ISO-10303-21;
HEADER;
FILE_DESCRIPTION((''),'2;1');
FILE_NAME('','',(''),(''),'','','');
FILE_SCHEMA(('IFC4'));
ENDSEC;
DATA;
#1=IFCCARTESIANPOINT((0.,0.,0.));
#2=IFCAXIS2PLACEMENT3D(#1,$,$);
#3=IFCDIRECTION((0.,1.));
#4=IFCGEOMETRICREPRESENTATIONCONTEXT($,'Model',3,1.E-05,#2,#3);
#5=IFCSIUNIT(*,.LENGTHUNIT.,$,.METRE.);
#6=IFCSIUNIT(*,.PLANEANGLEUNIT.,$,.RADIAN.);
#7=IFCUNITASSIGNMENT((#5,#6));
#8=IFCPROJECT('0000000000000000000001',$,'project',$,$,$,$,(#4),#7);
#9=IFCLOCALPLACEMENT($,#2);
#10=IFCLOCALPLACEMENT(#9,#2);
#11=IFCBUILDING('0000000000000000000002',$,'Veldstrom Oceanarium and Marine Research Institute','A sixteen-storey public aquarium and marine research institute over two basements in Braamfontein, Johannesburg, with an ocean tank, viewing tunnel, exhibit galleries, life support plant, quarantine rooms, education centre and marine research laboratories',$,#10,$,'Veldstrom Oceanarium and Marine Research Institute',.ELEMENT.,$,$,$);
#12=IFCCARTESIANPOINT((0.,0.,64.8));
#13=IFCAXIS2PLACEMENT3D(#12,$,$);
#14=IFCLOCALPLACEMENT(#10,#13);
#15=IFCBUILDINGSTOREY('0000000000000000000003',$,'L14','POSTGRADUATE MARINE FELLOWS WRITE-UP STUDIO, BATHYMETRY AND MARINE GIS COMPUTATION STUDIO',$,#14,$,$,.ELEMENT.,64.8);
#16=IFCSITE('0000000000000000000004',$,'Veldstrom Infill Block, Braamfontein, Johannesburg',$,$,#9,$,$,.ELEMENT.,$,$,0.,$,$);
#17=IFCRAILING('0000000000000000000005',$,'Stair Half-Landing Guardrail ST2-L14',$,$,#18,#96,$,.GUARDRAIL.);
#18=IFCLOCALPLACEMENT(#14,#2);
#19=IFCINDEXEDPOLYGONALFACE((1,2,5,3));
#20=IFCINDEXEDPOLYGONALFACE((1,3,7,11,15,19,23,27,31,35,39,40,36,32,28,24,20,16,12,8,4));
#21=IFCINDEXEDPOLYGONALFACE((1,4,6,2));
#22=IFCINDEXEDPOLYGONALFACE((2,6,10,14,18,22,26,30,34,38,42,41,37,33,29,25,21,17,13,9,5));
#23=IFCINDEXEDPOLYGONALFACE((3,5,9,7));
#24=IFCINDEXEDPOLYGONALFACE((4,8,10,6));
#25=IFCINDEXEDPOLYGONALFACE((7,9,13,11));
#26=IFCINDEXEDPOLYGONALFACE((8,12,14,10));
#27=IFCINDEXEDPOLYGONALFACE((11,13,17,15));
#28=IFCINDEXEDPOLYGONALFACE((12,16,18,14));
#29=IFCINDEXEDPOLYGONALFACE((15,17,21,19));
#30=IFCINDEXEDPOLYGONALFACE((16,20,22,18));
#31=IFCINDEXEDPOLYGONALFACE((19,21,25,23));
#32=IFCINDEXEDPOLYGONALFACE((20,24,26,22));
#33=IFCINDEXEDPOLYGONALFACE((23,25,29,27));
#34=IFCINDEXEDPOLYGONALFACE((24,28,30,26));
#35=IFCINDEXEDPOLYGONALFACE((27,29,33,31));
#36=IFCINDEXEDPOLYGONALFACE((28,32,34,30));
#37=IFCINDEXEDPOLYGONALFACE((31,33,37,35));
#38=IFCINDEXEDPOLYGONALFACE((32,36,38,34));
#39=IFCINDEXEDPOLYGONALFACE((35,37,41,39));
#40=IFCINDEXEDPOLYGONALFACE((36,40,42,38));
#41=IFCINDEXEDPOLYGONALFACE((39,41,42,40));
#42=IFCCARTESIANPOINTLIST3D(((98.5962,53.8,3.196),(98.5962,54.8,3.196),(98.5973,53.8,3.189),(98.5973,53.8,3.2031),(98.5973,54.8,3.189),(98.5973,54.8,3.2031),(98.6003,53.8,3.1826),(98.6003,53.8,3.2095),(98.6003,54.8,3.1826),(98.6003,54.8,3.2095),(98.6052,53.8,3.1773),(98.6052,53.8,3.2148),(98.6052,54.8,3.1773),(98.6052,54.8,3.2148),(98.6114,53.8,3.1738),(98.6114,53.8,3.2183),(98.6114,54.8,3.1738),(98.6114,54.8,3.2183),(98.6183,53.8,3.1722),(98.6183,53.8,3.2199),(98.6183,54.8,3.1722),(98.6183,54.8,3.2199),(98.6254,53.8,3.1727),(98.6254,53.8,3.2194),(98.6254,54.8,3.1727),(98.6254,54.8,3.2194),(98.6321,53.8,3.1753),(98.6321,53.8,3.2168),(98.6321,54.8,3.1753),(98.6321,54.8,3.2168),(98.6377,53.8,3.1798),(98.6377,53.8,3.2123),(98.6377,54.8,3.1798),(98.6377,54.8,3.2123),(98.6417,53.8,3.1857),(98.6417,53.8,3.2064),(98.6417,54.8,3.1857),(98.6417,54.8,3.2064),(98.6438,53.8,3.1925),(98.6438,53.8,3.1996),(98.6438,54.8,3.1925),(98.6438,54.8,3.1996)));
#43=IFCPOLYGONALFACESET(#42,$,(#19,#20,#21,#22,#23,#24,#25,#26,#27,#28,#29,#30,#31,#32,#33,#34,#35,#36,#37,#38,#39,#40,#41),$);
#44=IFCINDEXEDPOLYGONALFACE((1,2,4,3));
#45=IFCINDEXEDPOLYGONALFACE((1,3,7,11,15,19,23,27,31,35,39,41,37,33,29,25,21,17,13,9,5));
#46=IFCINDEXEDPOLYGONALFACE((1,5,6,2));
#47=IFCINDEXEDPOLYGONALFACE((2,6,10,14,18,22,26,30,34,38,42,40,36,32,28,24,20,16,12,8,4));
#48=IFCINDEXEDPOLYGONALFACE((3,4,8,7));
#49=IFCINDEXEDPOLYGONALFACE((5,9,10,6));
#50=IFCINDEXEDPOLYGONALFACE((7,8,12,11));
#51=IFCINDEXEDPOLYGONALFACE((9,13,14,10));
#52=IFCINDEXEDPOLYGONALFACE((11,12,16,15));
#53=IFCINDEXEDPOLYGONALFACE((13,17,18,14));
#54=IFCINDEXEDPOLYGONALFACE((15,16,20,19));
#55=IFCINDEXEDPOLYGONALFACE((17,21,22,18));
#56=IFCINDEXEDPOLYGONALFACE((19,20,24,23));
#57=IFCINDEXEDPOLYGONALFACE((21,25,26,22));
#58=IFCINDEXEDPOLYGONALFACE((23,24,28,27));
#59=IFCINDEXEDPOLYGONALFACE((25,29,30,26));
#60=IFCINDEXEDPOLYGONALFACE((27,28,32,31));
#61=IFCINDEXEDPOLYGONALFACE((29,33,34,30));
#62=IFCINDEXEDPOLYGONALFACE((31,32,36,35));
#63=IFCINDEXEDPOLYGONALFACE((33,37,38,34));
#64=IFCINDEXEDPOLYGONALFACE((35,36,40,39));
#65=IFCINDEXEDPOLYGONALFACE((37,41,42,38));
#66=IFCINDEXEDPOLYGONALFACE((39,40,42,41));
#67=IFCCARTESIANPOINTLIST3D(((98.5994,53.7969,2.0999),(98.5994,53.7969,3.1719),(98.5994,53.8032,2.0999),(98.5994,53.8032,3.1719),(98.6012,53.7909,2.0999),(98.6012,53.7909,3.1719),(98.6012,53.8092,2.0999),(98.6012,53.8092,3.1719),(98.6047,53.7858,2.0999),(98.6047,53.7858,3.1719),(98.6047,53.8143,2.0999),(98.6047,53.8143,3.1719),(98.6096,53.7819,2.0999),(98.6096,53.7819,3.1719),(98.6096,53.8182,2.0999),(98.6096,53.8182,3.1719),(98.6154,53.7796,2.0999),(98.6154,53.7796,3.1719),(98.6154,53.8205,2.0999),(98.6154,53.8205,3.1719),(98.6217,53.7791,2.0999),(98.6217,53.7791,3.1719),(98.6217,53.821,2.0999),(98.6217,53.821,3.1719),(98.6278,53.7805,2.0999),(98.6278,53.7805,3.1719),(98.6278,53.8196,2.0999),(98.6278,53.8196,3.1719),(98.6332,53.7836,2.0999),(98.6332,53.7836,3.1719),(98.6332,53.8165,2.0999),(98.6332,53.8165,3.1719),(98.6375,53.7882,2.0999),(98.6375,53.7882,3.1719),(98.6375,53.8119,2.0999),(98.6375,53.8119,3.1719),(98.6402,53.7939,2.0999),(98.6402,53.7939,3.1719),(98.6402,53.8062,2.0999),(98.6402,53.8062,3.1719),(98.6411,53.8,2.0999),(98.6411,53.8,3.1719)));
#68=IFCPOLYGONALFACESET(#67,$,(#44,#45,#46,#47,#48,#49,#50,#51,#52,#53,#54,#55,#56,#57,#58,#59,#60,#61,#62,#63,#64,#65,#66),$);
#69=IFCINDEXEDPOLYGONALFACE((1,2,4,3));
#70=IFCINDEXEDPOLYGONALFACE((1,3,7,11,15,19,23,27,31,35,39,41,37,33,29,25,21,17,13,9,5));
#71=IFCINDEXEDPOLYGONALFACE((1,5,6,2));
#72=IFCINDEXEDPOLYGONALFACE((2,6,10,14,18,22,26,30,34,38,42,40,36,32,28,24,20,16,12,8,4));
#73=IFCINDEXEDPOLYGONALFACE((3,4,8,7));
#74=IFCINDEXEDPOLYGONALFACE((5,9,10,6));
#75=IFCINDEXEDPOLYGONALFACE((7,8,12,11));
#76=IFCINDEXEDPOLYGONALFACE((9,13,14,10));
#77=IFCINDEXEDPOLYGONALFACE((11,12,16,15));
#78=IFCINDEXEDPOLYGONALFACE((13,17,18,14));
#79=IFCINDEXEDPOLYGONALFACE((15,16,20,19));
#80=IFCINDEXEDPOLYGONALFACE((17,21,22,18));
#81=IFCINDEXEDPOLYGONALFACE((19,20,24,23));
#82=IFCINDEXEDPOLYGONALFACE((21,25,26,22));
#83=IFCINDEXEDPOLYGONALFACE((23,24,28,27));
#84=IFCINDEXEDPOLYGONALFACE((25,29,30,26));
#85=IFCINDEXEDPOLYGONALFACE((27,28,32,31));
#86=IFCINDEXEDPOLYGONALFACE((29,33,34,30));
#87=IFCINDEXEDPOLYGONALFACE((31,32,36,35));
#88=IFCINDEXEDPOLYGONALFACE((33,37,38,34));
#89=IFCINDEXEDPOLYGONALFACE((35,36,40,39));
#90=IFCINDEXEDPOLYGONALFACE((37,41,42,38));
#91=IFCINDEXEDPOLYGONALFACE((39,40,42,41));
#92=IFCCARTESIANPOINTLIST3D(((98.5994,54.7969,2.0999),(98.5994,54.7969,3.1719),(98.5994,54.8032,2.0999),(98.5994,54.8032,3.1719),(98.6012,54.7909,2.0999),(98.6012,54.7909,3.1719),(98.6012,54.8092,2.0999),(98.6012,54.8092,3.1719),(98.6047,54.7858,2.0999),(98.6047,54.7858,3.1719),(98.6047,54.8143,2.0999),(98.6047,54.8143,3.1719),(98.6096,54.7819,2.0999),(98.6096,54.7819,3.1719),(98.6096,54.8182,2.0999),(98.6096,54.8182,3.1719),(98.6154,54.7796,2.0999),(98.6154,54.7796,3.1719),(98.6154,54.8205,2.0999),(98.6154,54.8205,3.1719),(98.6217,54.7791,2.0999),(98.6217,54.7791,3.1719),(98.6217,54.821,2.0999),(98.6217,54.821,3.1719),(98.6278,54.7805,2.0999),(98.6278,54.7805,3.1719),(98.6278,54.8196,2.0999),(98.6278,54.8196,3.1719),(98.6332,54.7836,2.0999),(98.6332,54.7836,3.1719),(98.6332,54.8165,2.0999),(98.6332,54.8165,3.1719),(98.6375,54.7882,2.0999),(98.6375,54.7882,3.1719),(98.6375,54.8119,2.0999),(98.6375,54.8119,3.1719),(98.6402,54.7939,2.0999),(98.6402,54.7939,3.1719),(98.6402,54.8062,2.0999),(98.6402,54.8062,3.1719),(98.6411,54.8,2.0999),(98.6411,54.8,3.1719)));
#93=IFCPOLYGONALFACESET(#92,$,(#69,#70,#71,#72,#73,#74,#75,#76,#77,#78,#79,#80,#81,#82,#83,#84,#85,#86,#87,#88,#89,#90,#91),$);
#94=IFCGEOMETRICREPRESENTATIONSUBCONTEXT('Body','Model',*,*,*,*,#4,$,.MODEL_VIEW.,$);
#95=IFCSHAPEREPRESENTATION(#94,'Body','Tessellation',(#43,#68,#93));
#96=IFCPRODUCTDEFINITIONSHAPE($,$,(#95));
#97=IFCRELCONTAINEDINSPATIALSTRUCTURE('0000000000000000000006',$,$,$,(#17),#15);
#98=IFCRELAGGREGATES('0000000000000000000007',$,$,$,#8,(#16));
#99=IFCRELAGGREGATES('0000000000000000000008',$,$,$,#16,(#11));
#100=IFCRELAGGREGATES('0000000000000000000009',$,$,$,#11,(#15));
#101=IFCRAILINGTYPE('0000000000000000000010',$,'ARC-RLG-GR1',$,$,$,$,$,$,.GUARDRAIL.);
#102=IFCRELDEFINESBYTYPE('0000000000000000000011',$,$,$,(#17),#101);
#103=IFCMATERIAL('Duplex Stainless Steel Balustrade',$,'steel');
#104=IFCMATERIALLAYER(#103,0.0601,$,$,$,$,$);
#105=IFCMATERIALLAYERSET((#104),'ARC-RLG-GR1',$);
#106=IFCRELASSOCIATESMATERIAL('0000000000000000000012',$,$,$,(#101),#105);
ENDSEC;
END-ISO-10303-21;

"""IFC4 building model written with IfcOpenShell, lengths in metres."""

from ifc_helpers import new_model, si_unit, direction, frame, origin, origin_2d, place, context, subcontext, project, spatial, circle, extrude, material, layer, layer_set, type_object, element, save


model = new_model("IFC4")

# Units and contexts
model_context = context("Model", 3, precision=1e-05, world=origin(), true_north=direction((0.0, 1.0)))
body_context = subcontext(model_context, "Body", "Model", "MODEL_VIEW")
ifc_project = project(units=[si_unit("LENGTHUNIT", "METRE"), si_unit("PLANEANGLEUNIT", "RADIAN")], contexts=[model_context])

# Site, building, storey
site_placement = place(None, origin())
site = spatial("IfcSite", under=ifc_project, at=site_placement, Name="Veldstrom Infill Block, Braamfontein, Johannesburg", CompositionType="ELEMENT", RefElevation=0.0)
building_placement = place(site_placement, origin())
building = spatial("IfcBuilding", under=site, at=building_placement, Name="Veldstrom Oceanarium and Marine Research Institute", Description="A sixteen-storey public aquarium and marine research institute over two basements in Braamfontein, Johannesburg, with an ocean tank, viewing tunnel, exhibit galleries, life support plant, quarantine rooms, education centre and marine research laboratories", LongName="Veldstrom Oceanarium and Marine Research Institute", CompositionType="ELEMENT")
storey_placement = place(building_placement, frame((0.0, 0.0, 64.8)))
storey = spatial("IfcBuildingStorey", under=building, at=storey_placement, Name="L14", Description="POSTGRADUATE MARINE FELLOWS WRITE-UP STUDIO, BATHYMETRY AND MARINE GIS COMPUTATION STUDIO", CompositionType="ELEMENT", Elevation=64.8)

# Railing
ifc_material_1 = material(Name="Duplex Stainless Steel Balustrade", Category="steel")
ifc_layer_1 = layer(ifc_material_1, 0.0601)
ifc_layer_set_1 = layer_set([ifc_layer_1], Name="ARC-RLG-GR1")
railing_type_1 = type_object("IfcRailingType", Name="ARC-RLG-GR1", PredefinedType="GUARDRAIL", material=ifc_layer_set_1)
railing_1_placement = place(storey_placement, frame((98.6201, 53.8, 2.0999)))
element("IfcRailing", 1, at=railing_1_placement, inside=storey, type_object=railing_type_1, Name="Stair Half-Landing Guardrail ST2-L14", PredefinedType="GUARDRAIL", context=body_context, shape_type="SweptSolid", body=[
    extrude(circle(Radius=0.0239, at=origin_2d()), frame((0.0, 0.0, 1.0962), z_axis=(0.0, 1.0, 0.0), x_axis=(-1.0, 0.0, 0.0)), (0.0, 0.0, 1.0), 1.0),
    extrude(circle(Radius=0.021, at=origin_2d()), origin(), (0.0, 0.0, 1.0), 1.072),
    extrude(circle(Radius=0.021, at=origin_2d()), frame((0.0, 1.0, 0.0)), (0.0, 0.0, 1.0), 1.072),
])

save(model, "model.ifc")
